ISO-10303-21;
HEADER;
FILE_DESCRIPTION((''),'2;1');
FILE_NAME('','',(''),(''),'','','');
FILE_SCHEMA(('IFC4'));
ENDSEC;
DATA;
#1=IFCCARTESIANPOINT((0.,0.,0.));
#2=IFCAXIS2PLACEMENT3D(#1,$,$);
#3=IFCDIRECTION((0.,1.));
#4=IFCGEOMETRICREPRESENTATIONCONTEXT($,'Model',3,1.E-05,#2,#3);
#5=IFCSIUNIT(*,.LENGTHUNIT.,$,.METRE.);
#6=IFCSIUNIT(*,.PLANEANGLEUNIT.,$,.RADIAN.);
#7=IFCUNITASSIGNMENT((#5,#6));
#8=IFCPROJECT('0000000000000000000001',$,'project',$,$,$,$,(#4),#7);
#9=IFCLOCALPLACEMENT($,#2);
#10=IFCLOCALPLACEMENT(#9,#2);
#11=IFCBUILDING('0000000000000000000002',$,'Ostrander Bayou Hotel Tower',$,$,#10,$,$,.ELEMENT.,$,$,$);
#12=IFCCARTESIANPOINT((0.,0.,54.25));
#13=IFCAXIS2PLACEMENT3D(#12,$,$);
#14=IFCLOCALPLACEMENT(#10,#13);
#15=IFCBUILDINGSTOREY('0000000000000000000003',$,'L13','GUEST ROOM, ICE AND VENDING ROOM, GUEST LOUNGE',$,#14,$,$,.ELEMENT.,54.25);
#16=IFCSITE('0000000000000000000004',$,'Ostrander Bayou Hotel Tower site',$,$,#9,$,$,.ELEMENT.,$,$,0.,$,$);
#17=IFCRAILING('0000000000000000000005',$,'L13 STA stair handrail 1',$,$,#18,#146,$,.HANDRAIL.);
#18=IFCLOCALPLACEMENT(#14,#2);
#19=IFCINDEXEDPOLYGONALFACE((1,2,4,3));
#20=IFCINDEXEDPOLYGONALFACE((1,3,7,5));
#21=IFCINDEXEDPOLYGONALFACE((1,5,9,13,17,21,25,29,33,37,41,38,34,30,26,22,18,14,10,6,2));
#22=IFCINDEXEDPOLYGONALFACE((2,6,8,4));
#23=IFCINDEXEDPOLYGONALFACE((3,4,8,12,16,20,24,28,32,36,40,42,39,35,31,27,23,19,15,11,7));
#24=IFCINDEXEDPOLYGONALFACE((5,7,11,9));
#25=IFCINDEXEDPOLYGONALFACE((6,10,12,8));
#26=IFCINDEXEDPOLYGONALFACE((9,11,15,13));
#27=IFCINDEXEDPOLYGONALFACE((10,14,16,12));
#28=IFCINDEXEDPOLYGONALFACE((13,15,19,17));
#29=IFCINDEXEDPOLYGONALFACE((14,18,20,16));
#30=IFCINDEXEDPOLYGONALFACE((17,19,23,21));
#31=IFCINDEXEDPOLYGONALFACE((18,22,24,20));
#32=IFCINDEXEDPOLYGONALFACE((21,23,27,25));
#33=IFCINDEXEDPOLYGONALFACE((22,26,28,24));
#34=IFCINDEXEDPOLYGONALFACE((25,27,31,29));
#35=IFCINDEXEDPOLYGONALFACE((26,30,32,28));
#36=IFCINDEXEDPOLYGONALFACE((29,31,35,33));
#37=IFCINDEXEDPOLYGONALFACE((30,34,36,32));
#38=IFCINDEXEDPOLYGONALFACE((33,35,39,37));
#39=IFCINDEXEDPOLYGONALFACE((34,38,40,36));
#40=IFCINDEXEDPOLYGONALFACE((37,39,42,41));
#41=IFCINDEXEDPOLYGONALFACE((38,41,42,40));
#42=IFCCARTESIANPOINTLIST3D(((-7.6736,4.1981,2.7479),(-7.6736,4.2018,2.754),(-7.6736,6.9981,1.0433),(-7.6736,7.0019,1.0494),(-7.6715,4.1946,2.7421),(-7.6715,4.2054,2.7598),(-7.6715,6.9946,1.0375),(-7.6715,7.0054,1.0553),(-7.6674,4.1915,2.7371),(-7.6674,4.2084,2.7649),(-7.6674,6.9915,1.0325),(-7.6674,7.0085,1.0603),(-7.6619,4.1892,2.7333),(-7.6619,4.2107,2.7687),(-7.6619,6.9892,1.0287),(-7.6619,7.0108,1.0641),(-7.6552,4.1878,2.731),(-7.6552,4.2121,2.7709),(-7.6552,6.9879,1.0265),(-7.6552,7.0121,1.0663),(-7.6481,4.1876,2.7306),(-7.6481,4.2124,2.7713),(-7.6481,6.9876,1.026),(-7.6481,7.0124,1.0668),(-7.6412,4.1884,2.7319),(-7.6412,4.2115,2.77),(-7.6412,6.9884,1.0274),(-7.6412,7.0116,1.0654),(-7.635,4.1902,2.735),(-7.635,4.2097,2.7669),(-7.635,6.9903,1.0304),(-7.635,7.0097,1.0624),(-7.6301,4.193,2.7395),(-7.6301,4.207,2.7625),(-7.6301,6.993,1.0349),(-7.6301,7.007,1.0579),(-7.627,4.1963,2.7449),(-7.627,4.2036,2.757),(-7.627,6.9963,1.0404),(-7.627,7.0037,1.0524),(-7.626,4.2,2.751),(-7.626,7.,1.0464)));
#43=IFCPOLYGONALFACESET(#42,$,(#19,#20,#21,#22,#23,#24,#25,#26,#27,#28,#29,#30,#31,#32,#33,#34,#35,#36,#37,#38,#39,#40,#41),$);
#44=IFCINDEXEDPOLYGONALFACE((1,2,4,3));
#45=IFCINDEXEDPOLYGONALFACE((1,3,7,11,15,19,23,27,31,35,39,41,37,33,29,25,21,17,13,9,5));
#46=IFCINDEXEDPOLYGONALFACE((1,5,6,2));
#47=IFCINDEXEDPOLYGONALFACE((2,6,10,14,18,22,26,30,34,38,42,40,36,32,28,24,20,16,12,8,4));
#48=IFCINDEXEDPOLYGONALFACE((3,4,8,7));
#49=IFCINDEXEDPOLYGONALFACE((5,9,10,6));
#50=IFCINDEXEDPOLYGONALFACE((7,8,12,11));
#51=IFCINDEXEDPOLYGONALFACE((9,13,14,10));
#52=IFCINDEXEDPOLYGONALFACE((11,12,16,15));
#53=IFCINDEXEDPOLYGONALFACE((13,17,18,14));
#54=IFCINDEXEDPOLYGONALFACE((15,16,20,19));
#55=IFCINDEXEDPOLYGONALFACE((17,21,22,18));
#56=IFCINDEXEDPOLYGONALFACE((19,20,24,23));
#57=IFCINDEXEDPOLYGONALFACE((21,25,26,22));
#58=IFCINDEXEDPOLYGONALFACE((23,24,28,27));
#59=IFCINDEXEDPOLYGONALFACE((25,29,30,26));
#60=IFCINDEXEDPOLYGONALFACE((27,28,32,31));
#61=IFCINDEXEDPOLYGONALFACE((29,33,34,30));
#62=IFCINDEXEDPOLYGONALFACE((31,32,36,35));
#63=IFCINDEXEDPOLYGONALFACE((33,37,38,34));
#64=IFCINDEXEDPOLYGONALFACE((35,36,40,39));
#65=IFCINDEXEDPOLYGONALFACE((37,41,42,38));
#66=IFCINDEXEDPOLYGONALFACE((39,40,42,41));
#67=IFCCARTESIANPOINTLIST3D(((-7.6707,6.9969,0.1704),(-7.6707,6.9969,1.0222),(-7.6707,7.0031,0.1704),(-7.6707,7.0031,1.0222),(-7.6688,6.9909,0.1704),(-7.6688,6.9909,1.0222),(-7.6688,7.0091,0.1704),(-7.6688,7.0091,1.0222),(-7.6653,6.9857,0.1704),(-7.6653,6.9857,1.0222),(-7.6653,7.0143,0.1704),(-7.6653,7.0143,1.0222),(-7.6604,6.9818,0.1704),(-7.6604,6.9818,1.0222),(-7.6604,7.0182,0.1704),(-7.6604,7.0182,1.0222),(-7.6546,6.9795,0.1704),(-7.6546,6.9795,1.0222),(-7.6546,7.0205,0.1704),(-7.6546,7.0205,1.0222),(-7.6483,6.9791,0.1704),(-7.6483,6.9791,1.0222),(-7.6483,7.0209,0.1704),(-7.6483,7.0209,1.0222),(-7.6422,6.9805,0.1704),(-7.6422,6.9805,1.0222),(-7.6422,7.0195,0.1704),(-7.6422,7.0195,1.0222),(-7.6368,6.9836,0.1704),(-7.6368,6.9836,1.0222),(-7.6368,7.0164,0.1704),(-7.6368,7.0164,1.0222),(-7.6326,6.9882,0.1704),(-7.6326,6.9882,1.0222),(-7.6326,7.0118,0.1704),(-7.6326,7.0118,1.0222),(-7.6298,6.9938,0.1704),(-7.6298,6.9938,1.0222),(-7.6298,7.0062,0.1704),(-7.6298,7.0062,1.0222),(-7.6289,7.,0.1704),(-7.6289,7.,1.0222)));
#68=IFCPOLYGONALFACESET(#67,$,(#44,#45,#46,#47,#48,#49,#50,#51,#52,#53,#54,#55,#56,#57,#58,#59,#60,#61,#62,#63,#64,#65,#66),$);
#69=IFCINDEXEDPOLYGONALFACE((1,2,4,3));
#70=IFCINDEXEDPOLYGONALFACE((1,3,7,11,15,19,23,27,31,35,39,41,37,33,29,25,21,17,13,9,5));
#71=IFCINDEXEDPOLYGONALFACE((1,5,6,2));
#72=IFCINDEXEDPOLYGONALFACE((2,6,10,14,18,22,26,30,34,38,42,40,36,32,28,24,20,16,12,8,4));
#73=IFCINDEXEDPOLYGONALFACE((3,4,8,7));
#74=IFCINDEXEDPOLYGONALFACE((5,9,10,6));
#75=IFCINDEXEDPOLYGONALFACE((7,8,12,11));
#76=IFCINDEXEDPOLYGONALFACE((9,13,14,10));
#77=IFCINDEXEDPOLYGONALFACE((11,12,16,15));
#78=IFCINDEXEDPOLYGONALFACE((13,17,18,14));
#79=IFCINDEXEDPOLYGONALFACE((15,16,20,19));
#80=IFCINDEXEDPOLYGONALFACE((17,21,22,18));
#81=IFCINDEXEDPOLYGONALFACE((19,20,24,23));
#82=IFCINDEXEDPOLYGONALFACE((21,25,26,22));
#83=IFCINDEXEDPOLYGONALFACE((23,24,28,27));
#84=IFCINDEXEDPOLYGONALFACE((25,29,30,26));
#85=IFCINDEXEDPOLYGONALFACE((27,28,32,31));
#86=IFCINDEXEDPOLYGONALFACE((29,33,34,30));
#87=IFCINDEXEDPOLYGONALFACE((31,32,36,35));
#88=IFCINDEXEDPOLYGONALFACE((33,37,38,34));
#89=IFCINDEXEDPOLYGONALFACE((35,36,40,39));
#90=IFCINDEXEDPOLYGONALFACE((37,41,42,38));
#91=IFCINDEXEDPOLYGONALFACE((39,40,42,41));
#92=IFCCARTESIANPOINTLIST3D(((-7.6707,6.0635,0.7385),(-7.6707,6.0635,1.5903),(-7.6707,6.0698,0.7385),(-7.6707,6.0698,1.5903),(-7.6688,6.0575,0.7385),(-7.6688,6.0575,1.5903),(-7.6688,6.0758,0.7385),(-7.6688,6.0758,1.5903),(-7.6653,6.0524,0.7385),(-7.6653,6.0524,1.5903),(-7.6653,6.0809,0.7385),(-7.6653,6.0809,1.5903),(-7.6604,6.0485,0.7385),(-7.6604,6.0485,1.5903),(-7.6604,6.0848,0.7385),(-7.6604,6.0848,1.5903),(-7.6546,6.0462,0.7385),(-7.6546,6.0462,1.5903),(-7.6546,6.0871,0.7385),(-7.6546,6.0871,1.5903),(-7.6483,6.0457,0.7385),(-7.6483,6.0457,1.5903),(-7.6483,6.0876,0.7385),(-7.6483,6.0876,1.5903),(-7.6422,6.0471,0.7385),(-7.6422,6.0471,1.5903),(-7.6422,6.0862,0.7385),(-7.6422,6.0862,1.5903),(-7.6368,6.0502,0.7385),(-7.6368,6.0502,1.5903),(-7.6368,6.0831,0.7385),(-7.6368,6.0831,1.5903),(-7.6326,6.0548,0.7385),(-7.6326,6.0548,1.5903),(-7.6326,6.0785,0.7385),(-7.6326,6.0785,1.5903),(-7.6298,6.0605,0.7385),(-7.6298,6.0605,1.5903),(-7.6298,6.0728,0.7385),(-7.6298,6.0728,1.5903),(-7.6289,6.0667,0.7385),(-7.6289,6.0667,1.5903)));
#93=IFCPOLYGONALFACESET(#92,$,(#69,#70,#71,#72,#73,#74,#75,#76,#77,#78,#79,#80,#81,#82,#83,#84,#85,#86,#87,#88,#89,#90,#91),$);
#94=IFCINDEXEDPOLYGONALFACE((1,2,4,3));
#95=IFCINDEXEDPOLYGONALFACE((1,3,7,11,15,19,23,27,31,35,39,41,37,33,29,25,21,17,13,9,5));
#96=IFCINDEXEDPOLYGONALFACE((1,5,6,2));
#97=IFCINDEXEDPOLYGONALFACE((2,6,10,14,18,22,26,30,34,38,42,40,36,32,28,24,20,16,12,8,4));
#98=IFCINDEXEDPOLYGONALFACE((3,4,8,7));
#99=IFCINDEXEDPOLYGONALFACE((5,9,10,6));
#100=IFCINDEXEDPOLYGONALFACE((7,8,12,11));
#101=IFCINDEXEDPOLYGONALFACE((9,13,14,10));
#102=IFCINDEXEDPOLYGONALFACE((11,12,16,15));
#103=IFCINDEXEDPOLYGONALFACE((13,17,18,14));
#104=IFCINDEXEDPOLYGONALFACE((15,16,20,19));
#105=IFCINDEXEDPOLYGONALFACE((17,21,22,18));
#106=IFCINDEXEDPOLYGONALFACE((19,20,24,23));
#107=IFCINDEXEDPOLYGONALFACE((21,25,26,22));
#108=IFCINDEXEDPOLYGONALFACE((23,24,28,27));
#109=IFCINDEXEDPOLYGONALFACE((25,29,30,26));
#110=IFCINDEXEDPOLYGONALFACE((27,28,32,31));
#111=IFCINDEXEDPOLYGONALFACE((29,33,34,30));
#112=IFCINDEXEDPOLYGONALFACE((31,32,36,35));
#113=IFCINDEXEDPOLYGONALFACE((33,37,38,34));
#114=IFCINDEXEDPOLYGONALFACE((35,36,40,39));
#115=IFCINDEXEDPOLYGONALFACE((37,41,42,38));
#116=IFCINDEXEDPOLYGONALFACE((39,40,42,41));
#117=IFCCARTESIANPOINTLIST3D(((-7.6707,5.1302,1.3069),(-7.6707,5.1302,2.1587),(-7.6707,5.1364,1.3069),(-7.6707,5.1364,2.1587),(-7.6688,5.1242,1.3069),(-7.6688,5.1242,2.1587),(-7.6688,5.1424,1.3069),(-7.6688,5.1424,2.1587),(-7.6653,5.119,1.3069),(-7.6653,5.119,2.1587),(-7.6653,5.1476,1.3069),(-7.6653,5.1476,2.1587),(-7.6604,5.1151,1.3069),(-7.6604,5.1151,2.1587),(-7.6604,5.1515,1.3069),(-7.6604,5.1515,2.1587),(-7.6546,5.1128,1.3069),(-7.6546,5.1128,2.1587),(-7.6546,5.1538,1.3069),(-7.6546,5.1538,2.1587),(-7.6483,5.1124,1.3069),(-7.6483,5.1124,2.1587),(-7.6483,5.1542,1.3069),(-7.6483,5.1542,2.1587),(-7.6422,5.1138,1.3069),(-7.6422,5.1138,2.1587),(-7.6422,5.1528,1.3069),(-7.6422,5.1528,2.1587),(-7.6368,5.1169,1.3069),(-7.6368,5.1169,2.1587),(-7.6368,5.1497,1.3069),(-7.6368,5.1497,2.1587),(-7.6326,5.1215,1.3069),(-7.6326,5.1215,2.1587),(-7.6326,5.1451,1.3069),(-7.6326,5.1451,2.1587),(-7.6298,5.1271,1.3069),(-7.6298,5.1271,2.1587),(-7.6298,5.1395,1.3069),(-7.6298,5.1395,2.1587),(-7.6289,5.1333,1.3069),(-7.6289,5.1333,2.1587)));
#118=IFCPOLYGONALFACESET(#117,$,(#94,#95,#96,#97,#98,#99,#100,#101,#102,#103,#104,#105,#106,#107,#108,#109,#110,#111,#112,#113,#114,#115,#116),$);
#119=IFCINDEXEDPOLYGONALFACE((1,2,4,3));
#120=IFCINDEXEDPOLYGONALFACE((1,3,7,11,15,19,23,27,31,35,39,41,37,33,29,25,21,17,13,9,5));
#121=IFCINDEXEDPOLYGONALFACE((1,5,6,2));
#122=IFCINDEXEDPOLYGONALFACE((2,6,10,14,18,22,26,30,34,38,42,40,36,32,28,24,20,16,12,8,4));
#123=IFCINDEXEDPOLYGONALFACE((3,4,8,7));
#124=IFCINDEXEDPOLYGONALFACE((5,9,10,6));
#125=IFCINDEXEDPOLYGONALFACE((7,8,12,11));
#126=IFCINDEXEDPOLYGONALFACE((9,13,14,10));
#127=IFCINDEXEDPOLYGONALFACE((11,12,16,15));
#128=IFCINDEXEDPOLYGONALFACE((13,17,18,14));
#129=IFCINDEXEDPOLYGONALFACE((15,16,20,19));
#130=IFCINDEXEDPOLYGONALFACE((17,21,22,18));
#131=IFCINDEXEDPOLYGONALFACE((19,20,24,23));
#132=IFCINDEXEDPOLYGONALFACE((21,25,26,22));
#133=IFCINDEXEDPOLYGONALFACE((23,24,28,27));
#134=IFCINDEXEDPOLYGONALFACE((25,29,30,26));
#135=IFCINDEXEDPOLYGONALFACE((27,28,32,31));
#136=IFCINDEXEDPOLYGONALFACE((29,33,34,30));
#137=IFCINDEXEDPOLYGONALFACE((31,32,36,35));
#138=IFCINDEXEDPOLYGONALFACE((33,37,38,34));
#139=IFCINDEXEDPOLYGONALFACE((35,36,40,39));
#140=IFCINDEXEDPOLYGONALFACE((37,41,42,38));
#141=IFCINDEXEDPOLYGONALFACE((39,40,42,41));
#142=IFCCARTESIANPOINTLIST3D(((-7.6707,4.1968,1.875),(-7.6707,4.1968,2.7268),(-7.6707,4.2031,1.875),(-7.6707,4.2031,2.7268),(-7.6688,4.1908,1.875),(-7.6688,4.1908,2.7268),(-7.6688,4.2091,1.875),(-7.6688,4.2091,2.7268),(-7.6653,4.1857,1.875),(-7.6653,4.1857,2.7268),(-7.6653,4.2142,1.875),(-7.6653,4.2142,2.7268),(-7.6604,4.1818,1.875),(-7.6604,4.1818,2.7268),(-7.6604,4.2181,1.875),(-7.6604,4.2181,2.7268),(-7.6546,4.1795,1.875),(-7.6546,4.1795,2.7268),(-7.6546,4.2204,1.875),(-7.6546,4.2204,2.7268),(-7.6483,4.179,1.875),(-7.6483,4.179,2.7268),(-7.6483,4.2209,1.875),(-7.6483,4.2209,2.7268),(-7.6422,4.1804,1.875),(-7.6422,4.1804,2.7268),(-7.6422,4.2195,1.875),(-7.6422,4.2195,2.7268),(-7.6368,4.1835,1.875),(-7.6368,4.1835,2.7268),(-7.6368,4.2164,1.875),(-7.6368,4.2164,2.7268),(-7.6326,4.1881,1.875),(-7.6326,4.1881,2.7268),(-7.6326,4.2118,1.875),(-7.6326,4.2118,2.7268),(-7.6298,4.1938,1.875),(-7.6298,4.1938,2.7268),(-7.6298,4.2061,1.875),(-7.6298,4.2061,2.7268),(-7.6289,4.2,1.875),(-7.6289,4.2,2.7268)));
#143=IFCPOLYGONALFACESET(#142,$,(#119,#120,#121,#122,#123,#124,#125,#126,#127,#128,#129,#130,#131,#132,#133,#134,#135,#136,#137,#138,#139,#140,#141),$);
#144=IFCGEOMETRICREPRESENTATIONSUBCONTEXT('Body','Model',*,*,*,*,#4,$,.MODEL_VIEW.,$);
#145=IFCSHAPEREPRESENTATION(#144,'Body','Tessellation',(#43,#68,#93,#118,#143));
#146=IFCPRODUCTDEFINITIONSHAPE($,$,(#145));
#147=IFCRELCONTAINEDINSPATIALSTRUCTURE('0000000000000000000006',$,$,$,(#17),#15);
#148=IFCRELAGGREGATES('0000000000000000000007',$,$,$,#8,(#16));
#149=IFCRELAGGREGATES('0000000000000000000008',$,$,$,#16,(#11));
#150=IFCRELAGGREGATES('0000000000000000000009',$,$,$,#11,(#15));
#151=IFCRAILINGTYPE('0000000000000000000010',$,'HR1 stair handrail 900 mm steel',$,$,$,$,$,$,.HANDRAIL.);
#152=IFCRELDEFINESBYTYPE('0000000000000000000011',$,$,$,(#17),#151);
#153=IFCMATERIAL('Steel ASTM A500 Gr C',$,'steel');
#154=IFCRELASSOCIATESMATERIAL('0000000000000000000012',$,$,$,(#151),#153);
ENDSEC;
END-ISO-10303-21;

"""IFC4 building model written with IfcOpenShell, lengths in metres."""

from ifc_helpers import new_model, si_unit, direction, frame, origin, origin_2d, place, context, subcontext, project, spatial, circle, extrude, material, type_object, element, save


model = new_model("IFC4")

# Units and contexts
model_context = context("Model", 3, precision=1e-05, world=origin(), true_north=direction((0.0, 1.0)))
body_context = subcontext(model_context, "Body", "Model", "MODEL_VIEW")
ifc_project = project(units=[si_unit("LENGTHUNIT", "METRE"), si_unit("PLANEANGLEUNIT", "RADIAN")], contexts=[model_context])

# Site, building, storey
site_placement = place(None, origin())
site = spatial("IfcSite", under=ifc_project, at=site_placement, Name="Ostrander Bayou Hotel Tower site", CompositionType="ELEMENT", RefElevation=0.0)
building_placement = place(site_placement, origin())
building = spatial("IfcBuilding", under=site, at=building_placement, Name="Ostrander Bayou Hotel Tower", CompositionType="ELEMENT")
storey_placement = place(building_placement, frame((0.0, 0.0, 54.25)))
storey = spatial("IfcBuildingStorey", under=building, at=storey_placement, Name="L13", Description="GUEST ROOM, ICE AND VENDING ROOM, GUEST LOUNGE", CompositionType="ELEMENT", Elevation=54.25)

# Railing
ifc_material_1 = material(Name="Steel ASTM A500 Gr C", Category="steel")
railing_type_1 = type_object("IfcRailingType", Name="HR1 stair handrail 900 mm steel", PredefinedType="HANDRAIL", material=ifc_material_1)
railing_1_placement = place(storey_placement, frame((-7.6499, 7.0, 0.1704)))
element("IfcRailing", 1, at=railing_1_placement, inside=storey, type_object=railing_type_1, Name="L13 STA stair handrail 1", PredefinedType="HANDRAIL", context=body_context, shape_type="SweptSolid", body=[
    extrude(circle(Radius=0.0239, at=origin_2d()), frame((0.0, 0.0, 0.876), z_axis=(0.0, -0.85417, 0.519994), x_axis=(1.0, 0.0, 0.0)), (0.0, 0.0, 1.0), 3.2781),
    extrude(circle(Radius=0.021, at=origin_2d()), origin(), (0.0, 0.0, 1.0), 0.8518),
    extrude(circle(Radius=0.021, at=origin_2d()), frame((0.0, -0.9333, 0.5681)), (0.0, 0.0, 1.0), 0.8518),
    extrude(circle(Radius=0.021, at=origin_2d()), frame((0.0, -1.8667, 1.1365)), (0.0, 0.0, 1.0), 0.8518),
    extrude(circle(Radius=0.021, at=origin_2d()), frame((0.0, -2.8, 1.7046)), (0.0, 0.0, 1.0), 0.8518),
])

save(model, "model.ifc")
